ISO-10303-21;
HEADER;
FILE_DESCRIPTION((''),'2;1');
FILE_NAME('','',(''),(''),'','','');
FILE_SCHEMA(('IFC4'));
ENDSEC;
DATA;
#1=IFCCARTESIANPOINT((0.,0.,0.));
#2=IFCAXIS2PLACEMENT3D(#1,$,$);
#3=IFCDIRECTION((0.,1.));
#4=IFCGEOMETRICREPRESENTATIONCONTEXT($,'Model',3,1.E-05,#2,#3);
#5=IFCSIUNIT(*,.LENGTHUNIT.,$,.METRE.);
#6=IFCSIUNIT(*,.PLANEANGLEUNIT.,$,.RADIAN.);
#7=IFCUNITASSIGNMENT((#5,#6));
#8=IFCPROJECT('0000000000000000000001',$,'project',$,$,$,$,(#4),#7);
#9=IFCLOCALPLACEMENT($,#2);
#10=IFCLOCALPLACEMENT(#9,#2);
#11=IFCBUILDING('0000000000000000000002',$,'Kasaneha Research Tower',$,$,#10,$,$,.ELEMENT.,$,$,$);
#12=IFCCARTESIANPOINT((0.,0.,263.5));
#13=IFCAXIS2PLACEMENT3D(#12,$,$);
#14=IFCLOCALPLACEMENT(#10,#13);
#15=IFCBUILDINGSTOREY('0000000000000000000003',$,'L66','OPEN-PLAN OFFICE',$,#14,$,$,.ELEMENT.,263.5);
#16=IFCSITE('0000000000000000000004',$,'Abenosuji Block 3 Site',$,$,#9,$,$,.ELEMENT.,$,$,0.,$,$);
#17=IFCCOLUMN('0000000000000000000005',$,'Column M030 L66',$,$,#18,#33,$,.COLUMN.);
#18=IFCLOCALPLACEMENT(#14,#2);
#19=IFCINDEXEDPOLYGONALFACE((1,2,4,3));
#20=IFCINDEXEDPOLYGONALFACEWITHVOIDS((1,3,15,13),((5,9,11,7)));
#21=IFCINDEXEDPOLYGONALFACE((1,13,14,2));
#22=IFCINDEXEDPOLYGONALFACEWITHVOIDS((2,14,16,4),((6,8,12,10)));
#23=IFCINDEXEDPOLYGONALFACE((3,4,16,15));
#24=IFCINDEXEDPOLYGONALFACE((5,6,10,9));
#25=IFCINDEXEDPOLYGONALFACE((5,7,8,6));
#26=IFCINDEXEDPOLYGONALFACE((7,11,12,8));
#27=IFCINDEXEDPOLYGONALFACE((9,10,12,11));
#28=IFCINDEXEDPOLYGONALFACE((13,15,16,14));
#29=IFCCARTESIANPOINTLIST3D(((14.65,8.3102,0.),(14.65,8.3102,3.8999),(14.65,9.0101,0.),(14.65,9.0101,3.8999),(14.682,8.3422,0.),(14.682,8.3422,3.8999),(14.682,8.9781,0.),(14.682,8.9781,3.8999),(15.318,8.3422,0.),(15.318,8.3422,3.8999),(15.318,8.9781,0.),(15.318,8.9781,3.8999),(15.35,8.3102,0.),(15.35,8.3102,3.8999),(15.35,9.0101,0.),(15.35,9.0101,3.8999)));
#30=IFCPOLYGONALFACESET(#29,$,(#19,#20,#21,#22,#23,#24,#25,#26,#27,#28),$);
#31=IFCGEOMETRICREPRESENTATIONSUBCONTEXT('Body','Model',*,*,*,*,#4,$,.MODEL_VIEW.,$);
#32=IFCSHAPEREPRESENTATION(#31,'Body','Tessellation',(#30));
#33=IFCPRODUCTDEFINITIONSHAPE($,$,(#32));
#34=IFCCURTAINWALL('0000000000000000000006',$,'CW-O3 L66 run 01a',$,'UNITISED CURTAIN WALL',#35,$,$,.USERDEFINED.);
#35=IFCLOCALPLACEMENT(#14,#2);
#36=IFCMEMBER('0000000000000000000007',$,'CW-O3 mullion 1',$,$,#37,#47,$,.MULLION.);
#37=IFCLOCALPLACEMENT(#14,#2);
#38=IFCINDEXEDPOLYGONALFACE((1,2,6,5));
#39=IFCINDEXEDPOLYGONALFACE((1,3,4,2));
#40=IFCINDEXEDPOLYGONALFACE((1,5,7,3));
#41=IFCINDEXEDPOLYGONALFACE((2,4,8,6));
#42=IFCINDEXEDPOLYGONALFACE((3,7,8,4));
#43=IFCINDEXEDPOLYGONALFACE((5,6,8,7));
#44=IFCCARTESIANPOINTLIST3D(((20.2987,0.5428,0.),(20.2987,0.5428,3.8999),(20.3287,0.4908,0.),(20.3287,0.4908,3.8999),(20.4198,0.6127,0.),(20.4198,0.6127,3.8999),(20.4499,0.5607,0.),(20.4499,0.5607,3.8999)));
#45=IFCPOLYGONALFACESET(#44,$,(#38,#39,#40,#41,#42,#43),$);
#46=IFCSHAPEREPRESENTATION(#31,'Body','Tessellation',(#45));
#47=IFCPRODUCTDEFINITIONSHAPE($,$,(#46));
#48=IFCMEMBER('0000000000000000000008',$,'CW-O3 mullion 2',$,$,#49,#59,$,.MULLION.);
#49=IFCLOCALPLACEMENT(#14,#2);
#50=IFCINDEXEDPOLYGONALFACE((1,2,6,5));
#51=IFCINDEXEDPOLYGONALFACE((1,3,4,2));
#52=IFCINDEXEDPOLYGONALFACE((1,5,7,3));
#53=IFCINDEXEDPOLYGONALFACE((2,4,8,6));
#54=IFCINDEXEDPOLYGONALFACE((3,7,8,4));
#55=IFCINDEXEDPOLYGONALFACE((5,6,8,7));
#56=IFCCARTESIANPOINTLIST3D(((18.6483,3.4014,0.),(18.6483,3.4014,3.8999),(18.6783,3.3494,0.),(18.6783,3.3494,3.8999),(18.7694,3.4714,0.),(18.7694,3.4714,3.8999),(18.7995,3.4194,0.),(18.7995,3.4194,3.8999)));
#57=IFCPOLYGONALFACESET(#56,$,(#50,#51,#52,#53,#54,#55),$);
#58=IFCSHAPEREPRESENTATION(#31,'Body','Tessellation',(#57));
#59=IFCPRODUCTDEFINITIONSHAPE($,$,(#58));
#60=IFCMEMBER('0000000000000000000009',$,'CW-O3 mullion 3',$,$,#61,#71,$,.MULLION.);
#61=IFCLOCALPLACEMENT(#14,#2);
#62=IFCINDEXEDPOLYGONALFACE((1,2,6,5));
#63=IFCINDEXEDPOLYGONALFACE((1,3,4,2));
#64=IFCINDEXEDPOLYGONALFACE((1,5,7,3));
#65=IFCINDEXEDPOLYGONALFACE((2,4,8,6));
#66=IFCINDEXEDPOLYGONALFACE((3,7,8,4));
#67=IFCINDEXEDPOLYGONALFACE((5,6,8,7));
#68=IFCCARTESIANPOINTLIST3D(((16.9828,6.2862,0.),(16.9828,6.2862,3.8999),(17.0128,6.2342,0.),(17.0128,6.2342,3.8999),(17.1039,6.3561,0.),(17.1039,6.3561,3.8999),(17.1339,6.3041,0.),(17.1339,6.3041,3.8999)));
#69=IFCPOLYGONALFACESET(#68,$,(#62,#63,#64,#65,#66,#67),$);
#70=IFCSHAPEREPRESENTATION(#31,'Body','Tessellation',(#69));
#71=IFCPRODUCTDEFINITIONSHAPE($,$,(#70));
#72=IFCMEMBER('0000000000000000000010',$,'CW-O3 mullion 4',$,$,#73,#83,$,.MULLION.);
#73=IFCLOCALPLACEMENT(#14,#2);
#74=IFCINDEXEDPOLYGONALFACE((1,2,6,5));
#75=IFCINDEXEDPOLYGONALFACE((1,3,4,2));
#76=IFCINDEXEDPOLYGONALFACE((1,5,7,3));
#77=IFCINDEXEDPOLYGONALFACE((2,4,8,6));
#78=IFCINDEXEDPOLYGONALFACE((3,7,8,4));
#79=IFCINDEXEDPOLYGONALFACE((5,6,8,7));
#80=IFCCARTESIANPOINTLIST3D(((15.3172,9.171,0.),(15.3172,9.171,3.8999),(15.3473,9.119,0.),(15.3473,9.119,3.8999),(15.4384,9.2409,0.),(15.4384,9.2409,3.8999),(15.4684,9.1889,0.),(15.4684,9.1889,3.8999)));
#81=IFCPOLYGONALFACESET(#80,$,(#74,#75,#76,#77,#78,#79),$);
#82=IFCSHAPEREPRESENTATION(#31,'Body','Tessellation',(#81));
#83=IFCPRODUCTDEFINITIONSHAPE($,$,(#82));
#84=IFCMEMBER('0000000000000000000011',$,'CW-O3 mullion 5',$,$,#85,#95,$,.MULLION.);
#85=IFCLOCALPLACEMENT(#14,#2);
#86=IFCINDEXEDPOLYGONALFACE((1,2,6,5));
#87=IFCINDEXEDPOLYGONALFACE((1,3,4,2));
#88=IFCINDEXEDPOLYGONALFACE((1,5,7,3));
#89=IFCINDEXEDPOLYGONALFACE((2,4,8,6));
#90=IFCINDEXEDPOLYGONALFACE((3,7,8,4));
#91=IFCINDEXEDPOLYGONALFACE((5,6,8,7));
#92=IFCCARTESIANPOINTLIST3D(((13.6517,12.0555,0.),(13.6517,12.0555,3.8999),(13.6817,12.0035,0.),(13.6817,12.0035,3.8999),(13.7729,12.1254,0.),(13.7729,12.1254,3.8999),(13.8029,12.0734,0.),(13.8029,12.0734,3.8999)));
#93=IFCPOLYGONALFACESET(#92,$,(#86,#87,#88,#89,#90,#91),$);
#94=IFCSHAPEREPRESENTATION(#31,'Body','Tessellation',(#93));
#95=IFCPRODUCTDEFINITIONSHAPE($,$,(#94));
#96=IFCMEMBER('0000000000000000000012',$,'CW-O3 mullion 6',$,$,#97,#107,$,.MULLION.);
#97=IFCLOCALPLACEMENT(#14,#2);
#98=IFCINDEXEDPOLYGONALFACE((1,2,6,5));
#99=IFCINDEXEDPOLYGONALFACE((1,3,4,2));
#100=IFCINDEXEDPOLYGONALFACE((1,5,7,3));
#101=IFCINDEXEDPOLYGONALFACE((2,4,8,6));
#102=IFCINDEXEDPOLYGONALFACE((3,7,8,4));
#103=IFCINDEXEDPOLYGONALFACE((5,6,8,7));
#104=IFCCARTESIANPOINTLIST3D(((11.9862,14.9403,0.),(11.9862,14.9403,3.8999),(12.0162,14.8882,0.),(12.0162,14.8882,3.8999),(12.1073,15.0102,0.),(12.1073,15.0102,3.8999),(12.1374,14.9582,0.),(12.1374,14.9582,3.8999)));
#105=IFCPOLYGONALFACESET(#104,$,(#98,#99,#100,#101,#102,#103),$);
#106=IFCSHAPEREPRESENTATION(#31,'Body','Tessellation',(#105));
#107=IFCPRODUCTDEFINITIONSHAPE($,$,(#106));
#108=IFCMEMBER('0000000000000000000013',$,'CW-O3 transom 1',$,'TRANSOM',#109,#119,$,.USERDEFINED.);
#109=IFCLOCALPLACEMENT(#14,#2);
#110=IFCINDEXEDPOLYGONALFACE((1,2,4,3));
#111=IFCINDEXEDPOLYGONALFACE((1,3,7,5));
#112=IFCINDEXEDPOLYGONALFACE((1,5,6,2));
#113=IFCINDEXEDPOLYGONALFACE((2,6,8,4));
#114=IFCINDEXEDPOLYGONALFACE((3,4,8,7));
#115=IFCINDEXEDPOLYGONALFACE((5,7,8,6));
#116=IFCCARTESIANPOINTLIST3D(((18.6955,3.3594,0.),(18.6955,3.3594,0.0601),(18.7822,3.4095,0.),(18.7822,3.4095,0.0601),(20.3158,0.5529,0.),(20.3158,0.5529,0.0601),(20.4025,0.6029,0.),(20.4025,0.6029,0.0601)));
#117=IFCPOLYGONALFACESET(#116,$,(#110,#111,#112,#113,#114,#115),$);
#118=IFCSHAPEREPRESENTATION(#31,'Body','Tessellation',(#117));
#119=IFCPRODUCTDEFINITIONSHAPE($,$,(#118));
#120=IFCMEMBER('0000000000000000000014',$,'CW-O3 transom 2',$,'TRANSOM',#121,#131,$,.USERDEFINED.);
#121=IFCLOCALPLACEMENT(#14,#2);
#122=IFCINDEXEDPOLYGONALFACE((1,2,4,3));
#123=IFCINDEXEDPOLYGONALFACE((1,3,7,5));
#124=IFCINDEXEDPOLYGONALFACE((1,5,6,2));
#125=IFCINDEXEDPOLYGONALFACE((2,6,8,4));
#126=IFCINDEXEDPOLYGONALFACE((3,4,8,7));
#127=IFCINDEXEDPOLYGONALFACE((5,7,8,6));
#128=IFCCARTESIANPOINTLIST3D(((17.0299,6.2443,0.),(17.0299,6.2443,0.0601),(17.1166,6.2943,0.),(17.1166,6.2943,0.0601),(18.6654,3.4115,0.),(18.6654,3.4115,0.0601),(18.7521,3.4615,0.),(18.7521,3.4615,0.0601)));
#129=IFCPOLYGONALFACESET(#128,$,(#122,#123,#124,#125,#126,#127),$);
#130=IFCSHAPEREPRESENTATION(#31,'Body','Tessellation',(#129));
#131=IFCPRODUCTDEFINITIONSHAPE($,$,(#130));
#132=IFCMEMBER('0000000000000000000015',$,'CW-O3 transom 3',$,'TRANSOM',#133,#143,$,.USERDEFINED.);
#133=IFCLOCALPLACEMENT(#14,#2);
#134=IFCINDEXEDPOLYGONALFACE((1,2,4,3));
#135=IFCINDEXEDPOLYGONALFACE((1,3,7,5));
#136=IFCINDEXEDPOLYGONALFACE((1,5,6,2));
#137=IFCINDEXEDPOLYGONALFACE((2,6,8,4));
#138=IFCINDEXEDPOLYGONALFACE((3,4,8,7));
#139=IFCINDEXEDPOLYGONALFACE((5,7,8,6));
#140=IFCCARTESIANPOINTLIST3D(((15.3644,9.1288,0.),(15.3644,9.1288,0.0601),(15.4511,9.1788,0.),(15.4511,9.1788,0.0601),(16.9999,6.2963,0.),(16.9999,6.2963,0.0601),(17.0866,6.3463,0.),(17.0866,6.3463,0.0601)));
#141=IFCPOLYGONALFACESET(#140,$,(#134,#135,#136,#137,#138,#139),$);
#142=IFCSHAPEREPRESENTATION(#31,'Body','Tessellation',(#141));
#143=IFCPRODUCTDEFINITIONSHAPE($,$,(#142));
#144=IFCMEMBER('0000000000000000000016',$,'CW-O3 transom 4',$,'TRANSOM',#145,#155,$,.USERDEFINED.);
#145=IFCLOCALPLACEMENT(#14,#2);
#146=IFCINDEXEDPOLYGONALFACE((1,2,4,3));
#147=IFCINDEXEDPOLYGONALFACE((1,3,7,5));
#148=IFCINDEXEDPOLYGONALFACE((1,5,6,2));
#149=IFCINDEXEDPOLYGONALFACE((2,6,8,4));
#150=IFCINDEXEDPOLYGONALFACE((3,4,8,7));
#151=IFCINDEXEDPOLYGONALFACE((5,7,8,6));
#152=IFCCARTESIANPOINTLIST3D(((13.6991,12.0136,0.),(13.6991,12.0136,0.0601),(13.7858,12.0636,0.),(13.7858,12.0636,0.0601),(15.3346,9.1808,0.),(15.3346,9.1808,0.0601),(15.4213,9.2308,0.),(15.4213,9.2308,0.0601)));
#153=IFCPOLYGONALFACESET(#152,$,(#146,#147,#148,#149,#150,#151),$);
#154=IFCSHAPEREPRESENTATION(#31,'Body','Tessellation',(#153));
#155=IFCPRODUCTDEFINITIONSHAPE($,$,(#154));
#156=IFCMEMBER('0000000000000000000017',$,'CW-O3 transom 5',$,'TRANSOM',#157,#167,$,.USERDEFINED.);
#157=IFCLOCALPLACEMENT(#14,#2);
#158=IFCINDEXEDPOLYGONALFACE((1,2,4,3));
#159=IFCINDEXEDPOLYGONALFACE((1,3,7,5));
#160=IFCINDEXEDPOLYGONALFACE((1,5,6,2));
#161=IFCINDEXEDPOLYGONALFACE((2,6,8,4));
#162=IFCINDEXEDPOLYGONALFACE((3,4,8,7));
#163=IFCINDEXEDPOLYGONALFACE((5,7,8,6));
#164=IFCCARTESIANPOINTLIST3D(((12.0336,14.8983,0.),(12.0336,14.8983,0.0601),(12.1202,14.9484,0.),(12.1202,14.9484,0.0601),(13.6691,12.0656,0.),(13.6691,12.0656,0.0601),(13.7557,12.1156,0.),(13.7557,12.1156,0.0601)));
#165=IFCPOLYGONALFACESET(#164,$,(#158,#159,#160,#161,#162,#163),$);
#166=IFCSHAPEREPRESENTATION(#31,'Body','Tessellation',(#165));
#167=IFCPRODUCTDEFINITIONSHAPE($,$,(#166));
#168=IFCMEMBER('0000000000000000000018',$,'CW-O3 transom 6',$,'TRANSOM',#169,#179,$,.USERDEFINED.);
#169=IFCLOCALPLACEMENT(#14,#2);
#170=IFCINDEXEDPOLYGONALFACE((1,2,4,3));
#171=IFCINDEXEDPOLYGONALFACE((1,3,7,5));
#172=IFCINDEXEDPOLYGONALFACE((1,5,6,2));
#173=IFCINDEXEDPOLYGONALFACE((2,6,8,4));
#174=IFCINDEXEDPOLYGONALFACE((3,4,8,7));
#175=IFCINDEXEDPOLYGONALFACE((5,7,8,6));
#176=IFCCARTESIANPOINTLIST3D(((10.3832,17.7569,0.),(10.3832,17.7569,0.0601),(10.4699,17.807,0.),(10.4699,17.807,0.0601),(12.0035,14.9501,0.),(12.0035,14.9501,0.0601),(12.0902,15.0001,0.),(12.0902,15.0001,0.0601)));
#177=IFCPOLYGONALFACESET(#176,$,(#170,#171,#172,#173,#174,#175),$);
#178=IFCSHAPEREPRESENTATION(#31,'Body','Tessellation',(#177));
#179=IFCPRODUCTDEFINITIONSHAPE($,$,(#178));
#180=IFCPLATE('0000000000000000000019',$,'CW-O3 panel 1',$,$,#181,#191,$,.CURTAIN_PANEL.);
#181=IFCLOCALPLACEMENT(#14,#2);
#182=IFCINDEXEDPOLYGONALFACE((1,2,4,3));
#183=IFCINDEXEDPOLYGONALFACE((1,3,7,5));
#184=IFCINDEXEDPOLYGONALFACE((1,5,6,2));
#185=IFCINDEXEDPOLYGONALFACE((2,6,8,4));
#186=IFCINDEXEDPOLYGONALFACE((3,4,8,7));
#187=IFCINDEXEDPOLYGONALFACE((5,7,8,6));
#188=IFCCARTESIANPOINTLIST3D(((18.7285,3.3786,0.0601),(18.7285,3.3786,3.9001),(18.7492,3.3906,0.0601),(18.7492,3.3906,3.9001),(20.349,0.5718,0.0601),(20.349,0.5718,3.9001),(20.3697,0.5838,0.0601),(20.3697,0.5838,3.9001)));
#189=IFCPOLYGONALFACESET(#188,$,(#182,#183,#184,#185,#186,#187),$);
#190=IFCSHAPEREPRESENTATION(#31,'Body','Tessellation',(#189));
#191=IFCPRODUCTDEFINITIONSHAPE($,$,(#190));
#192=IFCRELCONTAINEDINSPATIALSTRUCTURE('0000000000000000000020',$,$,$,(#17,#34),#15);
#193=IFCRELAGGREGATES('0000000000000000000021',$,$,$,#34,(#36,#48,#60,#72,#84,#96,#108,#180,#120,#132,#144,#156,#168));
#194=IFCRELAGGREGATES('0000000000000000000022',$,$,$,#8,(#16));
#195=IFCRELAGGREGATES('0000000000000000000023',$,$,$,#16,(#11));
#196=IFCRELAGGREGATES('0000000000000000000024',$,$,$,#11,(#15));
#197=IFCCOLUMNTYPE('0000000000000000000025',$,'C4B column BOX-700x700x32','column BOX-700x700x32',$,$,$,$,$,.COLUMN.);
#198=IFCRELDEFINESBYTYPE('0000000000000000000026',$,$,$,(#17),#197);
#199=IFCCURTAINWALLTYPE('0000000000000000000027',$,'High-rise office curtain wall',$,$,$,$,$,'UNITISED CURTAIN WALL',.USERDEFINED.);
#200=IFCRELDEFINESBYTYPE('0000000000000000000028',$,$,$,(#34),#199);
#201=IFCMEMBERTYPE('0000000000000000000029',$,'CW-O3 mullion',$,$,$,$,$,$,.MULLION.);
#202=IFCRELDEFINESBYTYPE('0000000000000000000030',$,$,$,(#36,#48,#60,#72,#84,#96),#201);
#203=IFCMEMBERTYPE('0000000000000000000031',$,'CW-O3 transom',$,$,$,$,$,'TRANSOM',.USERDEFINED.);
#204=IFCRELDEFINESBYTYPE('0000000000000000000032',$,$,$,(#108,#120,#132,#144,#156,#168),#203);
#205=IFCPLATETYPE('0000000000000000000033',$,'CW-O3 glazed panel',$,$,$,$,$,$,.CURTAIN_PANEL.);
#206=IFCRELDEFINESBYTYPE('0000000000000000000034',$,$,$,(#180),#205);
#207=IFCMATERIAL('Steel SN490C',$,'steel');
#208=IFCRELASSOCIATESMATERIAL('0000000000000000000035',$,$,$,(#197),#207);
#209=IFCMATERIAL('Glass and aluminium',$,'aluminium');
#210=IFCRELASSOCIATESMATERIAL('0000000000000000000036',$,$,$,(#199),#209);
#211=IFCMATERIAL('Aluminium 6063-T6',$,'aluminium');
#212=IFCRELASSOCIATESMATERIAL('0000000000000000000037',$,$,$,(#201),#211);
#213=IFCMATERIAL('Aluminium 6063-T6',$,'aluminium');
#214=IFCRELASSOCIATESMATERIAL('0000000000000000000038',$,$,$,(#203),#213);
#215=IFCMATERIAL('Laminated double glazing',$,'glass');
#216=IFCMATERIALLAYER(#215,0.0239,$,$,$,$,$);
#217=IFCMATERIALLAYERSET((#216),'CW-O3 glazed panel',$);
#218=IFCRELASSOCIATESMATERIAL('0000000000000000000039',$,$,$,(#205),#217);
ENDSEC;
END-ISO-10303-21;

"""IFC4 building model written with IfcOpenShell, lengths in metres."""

from ifc_helpers import new_model, si_unit, direction, frame, origin, origin_2d, place, context, subcontext, project, spatial, rectangle, hollow_rectangle, extrude, material, layer, layer_set, material_profile, profile_set, type_object, element, aggregate, save


model = new_model("IFC4")

# Units and contexts
model_context = context("Model", 3, precision=1e-05, world=origin(), true_north=direction((0.0, 1.0)))
body_context = subcontext(model_context, "Body", "Model", "MODEL_VIEW")
ifc_project = project(units=[si_unit("LENGTHUNIT", "METRE"), si_unit("PLANEANGLEUNIT", "RADIAN")], contexts=[model_context])

# Site, building, storey
site_placement = place(None, origin())
site = spatial("IfcSite", under=ifc_project, at=site_placement, Name="Abenosuji Block 3 Site", CompositionType="ELEMENT", RefElevation=0.0)
building_placement = place(site_placement, origin())
building = spatial("IfcBuilding", under=site, at=building_placement, Name="Kasaneha Research Tower", CompositionType="ELEMENT")
storey_placement = place(building_placement, frame((0.0, 0.0, 263.5)))
storey = spatial("IfcBuildingStorey", under=building, at=storey_placement, Name="L66", Description="OPEN-PLAN OFFICE", CompositionType="ELEMENT", Elevation=263.5)

# Column
ifc_material_1 = material(Name="Steel SN490C", Category="steel")
ifc_material_profile_1 = material_profile(ifc_material_1, hollow_rectangle(XDim=0.7, YDim=0.7, WallThickness=0.032, at=origin_2d()), Name="BOX-700x700x32")
ifc_profile_set_1 = profile_set([ifc_material_profile_1], Name="Steel SN490C")
column_type = type_object("IfcColumnType", Name="C4B column BOX-700x700x32", Description="column BOX-700x700x32", PredefinedType="COLUMN", material=ifc_profile_set_1)
column_placement = place(storey_placement, frame((15.0, 8.6602, 0.0), z_axis=(0.0, 0.0, 1.0), x_axis=(1.0, 0.0, 0.0)))
element("IfcColumn", 1, at=column_placement, inside=storey, type_object=column_type, Name="Column M030 L66", PredefinedType="COLUMN", context=body_context, shape_type="SweptSolid", body=[
    extrude(hollow_rectangle(XDim=0.7, YDim=0.7, WallThickness=0.032, at=origin_2d()), origin(), (0.0, 0.0, 1.0), 3.8999),
])

# Curtain wall, members, plate
ifc_material_2 = material(Name="Glass and aluminium", Category="aluminium")
curtain_wall_type = type_object("IfcCurtainWallType", Name="High-rise office curtain wall", ElementType="UNITISED CURTAIN WALL", PredefinedType="USERDEFINED", material=ifc_material_2)
curtain_wall_placement = place(storey_placement, origin())
curtain_wall = element("IfcCurtainWall", 2, at=curtain_wall_placement, inside=storey, type_object=curtain_wall_type, Name="CW-O3 L66 run 01a", ObjectType="UNITISED CURTAIN WALL", PredefinedType="USERDEFINED")
ifc_material_3 = material(Name="Aluminium 6063-T6", Category="aluminium")
ifc_material_profile_2 = material_profile(ifc_material_3, rectangle(XDim=0.0601, YDim=0.1399, at=origin_2d()), Name="CW-O3 mullion 60x140")
ifc_profile_set_2 = profile_set([ifc_material_profile_2], Name="Aluminium 6063-T6")
member_type_1 = type_object("IfcMemberType", Name="CW-O3 mullion", PredefinedType="MULLION", material=ifc_profile_set_2)
member_1_placement = place(storey_placement, frame((20.3743, 0.5518, 0.0), z_axis=(0.0, 0.0, 1.0), x_axis=(-0.5, 0.866025, 0.0)))
member_1 = element("IfcMember", 3, at=member_1_placement, type_object=member_type_1, Name="CW-O3 mullion 1", PredefinedType="MULLION", context=body_context, shape_type="SweptSolid", body=[
    extrude(rectangle(XDim=0.0601, YDim=0.1399, at=origin_2d()), origin(), (0.0, 0.0, 1.0), 3.8999),
])
member_2_placement = place(storey_placement, frame((18.7239, 3.4104, 0.0), z_axis=(0.0, 0.0, 1.0), x_axis=(-0.5, 0.866025, 0.0)))
member_2 = element("IfcMember", 4, at=member_2_placement, type_object=member_type_1, Name="CW-O3 mullion 2", PredefinedType="MULLION", context=body_context, shape_type="SweptSolid", body=[
    extrude(rectangle(XDim=0.0601, YDim=0.1399, at=origin_2d()), origin(), (0.0, 0.0, 1.0), 3.8999),
])
member_3_placement = place(storey_placement, frame((17.0583, 6.2952, 0.0), z_axis=(0.0, 0.0, 1.0), x_axis=(-0.5, 0.866025, 0.0)))
member_3 = element("IfcMember", 5, at=member_3_placement, type_object=member_type_1, Name="CW-O3 mullion 3", PredefinedType="MULLION", context=body_context, shape_type="SweptSolid", body=[
    extrude(rectangle(XDim=0.0601, YDim=0.1399, at=origin_2d()), origin(), (0.0, 0.0, 1.0), 3.8999),
])
member_4_placement = place(storey_placement, frame((15.3928, 9.1799, 0.0), z_axis=(0.0, 0.0, 1.0), x_axis=(-0.5, 0.866025, 0.0)))
member_4 = element("IfcMember", 6, at=member_4_placement, type_object=member_type_1, Name="CW-O3 mullion 4", PredefinedType="MULLION", context=body_context, shape_type="SweptSolid", body=[
    extrude(rectangle(XDim=0.0601, YDim=0.1399, at=origin_2d()), origin(), (0.0, 0.0, 1.0), 3.8999),
])
member_5_placement = place(storey_placement, frame((13.7273, 12.0645, 0.0), z_axis=(0.0, 0.0, 1.0), x_axis=(-0.5, 0.866025, 0.0)))
member_5 = element("IfcMember", 7, at=member_5_placement, type_object=member_type_1, Name="CW-O3 mullion 5", PredefinedType="MULLION", context=body_context, shape_type="SweptSolid", body=[
    extrude(rectangle(XDim=0.0601, YDim=0.1399, at=origin_2d()), origin(), (0.0, 0.0, 1.0), 3.8999),
])
member_6_placement = place(storey_placement, frame((12.0618, 14.9492, 0.0), z_axis=(0.0, 0.0, 1.0), x_axis=(-0.5, 0.866025, 0.0)))
member_6 = element("IfcMember", 8, at=member_6_placement, type_object=member_type_1, Name="CW-O3 mullion 6", PredefinedType="MULLION", context=body_context, shape_type="SweptSolid", body=[
    extrude(rectangle(XDim=0.0601, YDim=0.1399, at=origin_2d()), origin(), (0.0, 0.0, 1.0), 3.8999),
])
ifc_material_4 = material(Name="Aluminium 6063-T6", Category="aluminium")
ifc_material_profile_3 = material_profile(ifc_material_4, rectangle(XDim=0.1001, YDim=0.0601, at=origin_2d()), Name="CW-O3 transom 100x60")
ifc_profile_set_3 = profile_set([ifc_material_profile_3], Name="Aluminium 6063-T6")
member_type_2 = type_object("IfcMemberType", Name="CW-O3 transom", ElementType="TRANSOM", PredefinedType="USERDEFINED", material=ifc_profile_set_3)
member_7_placement = place(storey_placement, frame((20.3591, 0.5779, 0.03), z_axis=(-0.499988, 0.866033, 0.0), x_axis=(-0.866033, -0.499988, 0.0)))
member_7 = element("IfcMember", 9, at=member_7_placement, type_object=member_type_2, Name="CW-O3 transom 1", ObjectType="TRANSOM", PredefinedType="USERDEFINED", context=body_context, shape_type="SweptSolid", body=[
    extrude(rectangle(XDim=0.1001, YDim=0.0601, at=origin_2d()), origin(), (0.0, 0.0, 1.0), 3.2407),
])
member_8_placement = place(storey_placement, frame((18.7087, 3.4365, 0.03), z_axis=(-0.5, 0.866025, 0.0), x_axis=(-0.866025, -0.5, 0.0)))
member_8 = element("IfcMember", 10, at=member_8_placement, type_object=member_type_2, Name="CW-O3 transom 2", ObjectType="TRANSOM", PredefinedType="USERDEFINED", context=body_context, shape_type="SweptSolid", body=[
    extrude(rectangle(XDim=0.1001, YDim=0.0601, at=origin_2d()), origin(), (0.0, 0.0, 1.0), 3.271),
])
member_9_placement = place(storey_placement, frame((17.0432, 6.3213, 0.03), z_axis=(-0.500033, 0.866007, 0.0), x_axis=(-0.866007, -0.500033, 0.0)))
member_9 = element("IfcMember", 11, at=member_9_placement, type_object=member_type_2, Name="CW-O3 transom 3", ObjectType="TRANSOM", PredefinedType="USERDEFINED", context=body_context, shape_type="SweptSolid", body=[
    extrude(rectangle(XDim=0.1001, YDim=0.0601, at=origin_2d()), origin(), (0.0, 0.0, 1.0), 3.2708),
])
member_10_placement = place(storey_placement, frame((15.3779, 9.2058, 0.03), z_axis=(-0.5, 0.866025, 0.0), x_axis=(-0.866025, -0.5, 0.0)))
member_10 = element("IfcMember", 12, at=member_10_placement, type_object=member_type_2, Name="CW-O3 transom 4", ObjectType="TRANSOM", PredefinedType="USERDEFINED", context=body_context, shape_type="SweptSolid", body=[
    extrude(rectangle(XDim=0.1001, YDim=0.0601, at=origin_2d()), origin(), (0.0, 0.0, 1.0), 3.271),
])
member_11_placement = place(storey_placement, frame((13.7124, 12.0906, 0.03), z_axis=(-0.5, 0.866025, 0.0), x_axis=(-0.866025, -0.5, 0.0)))
member_11 = element("IfcMember", 13, at=member_11_placement, type_object=member_type_2, Name="CW-O3 transom 5", ObjectType="TRANSOM", PredefinedType="USERDEFINED", context=body_context, shape_type="SweptSolid", body=[
    extrude(rectangle(XDim=0.1001, YDim=0.0601, at=origin_2d()), origin(), (0.0, 0.0, 1.0), 3.271),
])
member_12_placement = place(storey_placement, frame((12.0469, 14.9751, 0.03), z_axis=(-0.499955, 0.866051, 0.0), x_axis=(-0.866051, -0.499955, 0.0)))
member_12 = element("IfcMember", 14, at=member_12_placement, type_object=member_type_2, Name="CW-O3 transom 6", ObjectType="TRANSOM", PredefinedType="USERDEFINED", context=body_context, shape_type="SweptSolid", body=[
    extrude(rectangle(XDim=0.1001, YDim=0.0601, at=origin_2d()), origin(), (0.0, 0.0, 1.0), 3.241),
])
ifc_material_5 = material(Name="Laminated double glazing", Category="glass")
ifc_layer_1 = layer(ifc_material_5, 0.0239)
ifc_layer_set_1 = layer_set([ifc_layer_1], Name="CW-O3 glazed panel")
plate_type = type_object("IfcPlateType", Name="CW-O3 glazed panel", PredefinedType="CURTAIN_PANEL", material=ifc_layer_set_1)
plate_1_placement = place(storey_placement, frame((19.5491, 1.9812, 0.0601), z_axis=(0.0, 0.0, 1.0), x_axis=(-0.5, 0.866025, 0.0)))
plate_1 = element("IfcPlate", 15, at=plate_1_placement, type_object=plate_type, Name="CW-O3 panel 1", PredefinedType="CURTAIN_PANEL", context=body_context, shape_type="SweptSolid", body=[
    extrude(rectangle(XDim=3.241, YDim=0.0239, at=origin_2d()), origin(), (0.0, 0.0, 1.0), 3.8401),
])
aggregate(curtain_wall, [member_1, member_2, member_3, member_4, member_5, member_6, member_7, plate_1, member_8, member_9, member_10, member_11, member_12])

save(model, "model.ifc")
